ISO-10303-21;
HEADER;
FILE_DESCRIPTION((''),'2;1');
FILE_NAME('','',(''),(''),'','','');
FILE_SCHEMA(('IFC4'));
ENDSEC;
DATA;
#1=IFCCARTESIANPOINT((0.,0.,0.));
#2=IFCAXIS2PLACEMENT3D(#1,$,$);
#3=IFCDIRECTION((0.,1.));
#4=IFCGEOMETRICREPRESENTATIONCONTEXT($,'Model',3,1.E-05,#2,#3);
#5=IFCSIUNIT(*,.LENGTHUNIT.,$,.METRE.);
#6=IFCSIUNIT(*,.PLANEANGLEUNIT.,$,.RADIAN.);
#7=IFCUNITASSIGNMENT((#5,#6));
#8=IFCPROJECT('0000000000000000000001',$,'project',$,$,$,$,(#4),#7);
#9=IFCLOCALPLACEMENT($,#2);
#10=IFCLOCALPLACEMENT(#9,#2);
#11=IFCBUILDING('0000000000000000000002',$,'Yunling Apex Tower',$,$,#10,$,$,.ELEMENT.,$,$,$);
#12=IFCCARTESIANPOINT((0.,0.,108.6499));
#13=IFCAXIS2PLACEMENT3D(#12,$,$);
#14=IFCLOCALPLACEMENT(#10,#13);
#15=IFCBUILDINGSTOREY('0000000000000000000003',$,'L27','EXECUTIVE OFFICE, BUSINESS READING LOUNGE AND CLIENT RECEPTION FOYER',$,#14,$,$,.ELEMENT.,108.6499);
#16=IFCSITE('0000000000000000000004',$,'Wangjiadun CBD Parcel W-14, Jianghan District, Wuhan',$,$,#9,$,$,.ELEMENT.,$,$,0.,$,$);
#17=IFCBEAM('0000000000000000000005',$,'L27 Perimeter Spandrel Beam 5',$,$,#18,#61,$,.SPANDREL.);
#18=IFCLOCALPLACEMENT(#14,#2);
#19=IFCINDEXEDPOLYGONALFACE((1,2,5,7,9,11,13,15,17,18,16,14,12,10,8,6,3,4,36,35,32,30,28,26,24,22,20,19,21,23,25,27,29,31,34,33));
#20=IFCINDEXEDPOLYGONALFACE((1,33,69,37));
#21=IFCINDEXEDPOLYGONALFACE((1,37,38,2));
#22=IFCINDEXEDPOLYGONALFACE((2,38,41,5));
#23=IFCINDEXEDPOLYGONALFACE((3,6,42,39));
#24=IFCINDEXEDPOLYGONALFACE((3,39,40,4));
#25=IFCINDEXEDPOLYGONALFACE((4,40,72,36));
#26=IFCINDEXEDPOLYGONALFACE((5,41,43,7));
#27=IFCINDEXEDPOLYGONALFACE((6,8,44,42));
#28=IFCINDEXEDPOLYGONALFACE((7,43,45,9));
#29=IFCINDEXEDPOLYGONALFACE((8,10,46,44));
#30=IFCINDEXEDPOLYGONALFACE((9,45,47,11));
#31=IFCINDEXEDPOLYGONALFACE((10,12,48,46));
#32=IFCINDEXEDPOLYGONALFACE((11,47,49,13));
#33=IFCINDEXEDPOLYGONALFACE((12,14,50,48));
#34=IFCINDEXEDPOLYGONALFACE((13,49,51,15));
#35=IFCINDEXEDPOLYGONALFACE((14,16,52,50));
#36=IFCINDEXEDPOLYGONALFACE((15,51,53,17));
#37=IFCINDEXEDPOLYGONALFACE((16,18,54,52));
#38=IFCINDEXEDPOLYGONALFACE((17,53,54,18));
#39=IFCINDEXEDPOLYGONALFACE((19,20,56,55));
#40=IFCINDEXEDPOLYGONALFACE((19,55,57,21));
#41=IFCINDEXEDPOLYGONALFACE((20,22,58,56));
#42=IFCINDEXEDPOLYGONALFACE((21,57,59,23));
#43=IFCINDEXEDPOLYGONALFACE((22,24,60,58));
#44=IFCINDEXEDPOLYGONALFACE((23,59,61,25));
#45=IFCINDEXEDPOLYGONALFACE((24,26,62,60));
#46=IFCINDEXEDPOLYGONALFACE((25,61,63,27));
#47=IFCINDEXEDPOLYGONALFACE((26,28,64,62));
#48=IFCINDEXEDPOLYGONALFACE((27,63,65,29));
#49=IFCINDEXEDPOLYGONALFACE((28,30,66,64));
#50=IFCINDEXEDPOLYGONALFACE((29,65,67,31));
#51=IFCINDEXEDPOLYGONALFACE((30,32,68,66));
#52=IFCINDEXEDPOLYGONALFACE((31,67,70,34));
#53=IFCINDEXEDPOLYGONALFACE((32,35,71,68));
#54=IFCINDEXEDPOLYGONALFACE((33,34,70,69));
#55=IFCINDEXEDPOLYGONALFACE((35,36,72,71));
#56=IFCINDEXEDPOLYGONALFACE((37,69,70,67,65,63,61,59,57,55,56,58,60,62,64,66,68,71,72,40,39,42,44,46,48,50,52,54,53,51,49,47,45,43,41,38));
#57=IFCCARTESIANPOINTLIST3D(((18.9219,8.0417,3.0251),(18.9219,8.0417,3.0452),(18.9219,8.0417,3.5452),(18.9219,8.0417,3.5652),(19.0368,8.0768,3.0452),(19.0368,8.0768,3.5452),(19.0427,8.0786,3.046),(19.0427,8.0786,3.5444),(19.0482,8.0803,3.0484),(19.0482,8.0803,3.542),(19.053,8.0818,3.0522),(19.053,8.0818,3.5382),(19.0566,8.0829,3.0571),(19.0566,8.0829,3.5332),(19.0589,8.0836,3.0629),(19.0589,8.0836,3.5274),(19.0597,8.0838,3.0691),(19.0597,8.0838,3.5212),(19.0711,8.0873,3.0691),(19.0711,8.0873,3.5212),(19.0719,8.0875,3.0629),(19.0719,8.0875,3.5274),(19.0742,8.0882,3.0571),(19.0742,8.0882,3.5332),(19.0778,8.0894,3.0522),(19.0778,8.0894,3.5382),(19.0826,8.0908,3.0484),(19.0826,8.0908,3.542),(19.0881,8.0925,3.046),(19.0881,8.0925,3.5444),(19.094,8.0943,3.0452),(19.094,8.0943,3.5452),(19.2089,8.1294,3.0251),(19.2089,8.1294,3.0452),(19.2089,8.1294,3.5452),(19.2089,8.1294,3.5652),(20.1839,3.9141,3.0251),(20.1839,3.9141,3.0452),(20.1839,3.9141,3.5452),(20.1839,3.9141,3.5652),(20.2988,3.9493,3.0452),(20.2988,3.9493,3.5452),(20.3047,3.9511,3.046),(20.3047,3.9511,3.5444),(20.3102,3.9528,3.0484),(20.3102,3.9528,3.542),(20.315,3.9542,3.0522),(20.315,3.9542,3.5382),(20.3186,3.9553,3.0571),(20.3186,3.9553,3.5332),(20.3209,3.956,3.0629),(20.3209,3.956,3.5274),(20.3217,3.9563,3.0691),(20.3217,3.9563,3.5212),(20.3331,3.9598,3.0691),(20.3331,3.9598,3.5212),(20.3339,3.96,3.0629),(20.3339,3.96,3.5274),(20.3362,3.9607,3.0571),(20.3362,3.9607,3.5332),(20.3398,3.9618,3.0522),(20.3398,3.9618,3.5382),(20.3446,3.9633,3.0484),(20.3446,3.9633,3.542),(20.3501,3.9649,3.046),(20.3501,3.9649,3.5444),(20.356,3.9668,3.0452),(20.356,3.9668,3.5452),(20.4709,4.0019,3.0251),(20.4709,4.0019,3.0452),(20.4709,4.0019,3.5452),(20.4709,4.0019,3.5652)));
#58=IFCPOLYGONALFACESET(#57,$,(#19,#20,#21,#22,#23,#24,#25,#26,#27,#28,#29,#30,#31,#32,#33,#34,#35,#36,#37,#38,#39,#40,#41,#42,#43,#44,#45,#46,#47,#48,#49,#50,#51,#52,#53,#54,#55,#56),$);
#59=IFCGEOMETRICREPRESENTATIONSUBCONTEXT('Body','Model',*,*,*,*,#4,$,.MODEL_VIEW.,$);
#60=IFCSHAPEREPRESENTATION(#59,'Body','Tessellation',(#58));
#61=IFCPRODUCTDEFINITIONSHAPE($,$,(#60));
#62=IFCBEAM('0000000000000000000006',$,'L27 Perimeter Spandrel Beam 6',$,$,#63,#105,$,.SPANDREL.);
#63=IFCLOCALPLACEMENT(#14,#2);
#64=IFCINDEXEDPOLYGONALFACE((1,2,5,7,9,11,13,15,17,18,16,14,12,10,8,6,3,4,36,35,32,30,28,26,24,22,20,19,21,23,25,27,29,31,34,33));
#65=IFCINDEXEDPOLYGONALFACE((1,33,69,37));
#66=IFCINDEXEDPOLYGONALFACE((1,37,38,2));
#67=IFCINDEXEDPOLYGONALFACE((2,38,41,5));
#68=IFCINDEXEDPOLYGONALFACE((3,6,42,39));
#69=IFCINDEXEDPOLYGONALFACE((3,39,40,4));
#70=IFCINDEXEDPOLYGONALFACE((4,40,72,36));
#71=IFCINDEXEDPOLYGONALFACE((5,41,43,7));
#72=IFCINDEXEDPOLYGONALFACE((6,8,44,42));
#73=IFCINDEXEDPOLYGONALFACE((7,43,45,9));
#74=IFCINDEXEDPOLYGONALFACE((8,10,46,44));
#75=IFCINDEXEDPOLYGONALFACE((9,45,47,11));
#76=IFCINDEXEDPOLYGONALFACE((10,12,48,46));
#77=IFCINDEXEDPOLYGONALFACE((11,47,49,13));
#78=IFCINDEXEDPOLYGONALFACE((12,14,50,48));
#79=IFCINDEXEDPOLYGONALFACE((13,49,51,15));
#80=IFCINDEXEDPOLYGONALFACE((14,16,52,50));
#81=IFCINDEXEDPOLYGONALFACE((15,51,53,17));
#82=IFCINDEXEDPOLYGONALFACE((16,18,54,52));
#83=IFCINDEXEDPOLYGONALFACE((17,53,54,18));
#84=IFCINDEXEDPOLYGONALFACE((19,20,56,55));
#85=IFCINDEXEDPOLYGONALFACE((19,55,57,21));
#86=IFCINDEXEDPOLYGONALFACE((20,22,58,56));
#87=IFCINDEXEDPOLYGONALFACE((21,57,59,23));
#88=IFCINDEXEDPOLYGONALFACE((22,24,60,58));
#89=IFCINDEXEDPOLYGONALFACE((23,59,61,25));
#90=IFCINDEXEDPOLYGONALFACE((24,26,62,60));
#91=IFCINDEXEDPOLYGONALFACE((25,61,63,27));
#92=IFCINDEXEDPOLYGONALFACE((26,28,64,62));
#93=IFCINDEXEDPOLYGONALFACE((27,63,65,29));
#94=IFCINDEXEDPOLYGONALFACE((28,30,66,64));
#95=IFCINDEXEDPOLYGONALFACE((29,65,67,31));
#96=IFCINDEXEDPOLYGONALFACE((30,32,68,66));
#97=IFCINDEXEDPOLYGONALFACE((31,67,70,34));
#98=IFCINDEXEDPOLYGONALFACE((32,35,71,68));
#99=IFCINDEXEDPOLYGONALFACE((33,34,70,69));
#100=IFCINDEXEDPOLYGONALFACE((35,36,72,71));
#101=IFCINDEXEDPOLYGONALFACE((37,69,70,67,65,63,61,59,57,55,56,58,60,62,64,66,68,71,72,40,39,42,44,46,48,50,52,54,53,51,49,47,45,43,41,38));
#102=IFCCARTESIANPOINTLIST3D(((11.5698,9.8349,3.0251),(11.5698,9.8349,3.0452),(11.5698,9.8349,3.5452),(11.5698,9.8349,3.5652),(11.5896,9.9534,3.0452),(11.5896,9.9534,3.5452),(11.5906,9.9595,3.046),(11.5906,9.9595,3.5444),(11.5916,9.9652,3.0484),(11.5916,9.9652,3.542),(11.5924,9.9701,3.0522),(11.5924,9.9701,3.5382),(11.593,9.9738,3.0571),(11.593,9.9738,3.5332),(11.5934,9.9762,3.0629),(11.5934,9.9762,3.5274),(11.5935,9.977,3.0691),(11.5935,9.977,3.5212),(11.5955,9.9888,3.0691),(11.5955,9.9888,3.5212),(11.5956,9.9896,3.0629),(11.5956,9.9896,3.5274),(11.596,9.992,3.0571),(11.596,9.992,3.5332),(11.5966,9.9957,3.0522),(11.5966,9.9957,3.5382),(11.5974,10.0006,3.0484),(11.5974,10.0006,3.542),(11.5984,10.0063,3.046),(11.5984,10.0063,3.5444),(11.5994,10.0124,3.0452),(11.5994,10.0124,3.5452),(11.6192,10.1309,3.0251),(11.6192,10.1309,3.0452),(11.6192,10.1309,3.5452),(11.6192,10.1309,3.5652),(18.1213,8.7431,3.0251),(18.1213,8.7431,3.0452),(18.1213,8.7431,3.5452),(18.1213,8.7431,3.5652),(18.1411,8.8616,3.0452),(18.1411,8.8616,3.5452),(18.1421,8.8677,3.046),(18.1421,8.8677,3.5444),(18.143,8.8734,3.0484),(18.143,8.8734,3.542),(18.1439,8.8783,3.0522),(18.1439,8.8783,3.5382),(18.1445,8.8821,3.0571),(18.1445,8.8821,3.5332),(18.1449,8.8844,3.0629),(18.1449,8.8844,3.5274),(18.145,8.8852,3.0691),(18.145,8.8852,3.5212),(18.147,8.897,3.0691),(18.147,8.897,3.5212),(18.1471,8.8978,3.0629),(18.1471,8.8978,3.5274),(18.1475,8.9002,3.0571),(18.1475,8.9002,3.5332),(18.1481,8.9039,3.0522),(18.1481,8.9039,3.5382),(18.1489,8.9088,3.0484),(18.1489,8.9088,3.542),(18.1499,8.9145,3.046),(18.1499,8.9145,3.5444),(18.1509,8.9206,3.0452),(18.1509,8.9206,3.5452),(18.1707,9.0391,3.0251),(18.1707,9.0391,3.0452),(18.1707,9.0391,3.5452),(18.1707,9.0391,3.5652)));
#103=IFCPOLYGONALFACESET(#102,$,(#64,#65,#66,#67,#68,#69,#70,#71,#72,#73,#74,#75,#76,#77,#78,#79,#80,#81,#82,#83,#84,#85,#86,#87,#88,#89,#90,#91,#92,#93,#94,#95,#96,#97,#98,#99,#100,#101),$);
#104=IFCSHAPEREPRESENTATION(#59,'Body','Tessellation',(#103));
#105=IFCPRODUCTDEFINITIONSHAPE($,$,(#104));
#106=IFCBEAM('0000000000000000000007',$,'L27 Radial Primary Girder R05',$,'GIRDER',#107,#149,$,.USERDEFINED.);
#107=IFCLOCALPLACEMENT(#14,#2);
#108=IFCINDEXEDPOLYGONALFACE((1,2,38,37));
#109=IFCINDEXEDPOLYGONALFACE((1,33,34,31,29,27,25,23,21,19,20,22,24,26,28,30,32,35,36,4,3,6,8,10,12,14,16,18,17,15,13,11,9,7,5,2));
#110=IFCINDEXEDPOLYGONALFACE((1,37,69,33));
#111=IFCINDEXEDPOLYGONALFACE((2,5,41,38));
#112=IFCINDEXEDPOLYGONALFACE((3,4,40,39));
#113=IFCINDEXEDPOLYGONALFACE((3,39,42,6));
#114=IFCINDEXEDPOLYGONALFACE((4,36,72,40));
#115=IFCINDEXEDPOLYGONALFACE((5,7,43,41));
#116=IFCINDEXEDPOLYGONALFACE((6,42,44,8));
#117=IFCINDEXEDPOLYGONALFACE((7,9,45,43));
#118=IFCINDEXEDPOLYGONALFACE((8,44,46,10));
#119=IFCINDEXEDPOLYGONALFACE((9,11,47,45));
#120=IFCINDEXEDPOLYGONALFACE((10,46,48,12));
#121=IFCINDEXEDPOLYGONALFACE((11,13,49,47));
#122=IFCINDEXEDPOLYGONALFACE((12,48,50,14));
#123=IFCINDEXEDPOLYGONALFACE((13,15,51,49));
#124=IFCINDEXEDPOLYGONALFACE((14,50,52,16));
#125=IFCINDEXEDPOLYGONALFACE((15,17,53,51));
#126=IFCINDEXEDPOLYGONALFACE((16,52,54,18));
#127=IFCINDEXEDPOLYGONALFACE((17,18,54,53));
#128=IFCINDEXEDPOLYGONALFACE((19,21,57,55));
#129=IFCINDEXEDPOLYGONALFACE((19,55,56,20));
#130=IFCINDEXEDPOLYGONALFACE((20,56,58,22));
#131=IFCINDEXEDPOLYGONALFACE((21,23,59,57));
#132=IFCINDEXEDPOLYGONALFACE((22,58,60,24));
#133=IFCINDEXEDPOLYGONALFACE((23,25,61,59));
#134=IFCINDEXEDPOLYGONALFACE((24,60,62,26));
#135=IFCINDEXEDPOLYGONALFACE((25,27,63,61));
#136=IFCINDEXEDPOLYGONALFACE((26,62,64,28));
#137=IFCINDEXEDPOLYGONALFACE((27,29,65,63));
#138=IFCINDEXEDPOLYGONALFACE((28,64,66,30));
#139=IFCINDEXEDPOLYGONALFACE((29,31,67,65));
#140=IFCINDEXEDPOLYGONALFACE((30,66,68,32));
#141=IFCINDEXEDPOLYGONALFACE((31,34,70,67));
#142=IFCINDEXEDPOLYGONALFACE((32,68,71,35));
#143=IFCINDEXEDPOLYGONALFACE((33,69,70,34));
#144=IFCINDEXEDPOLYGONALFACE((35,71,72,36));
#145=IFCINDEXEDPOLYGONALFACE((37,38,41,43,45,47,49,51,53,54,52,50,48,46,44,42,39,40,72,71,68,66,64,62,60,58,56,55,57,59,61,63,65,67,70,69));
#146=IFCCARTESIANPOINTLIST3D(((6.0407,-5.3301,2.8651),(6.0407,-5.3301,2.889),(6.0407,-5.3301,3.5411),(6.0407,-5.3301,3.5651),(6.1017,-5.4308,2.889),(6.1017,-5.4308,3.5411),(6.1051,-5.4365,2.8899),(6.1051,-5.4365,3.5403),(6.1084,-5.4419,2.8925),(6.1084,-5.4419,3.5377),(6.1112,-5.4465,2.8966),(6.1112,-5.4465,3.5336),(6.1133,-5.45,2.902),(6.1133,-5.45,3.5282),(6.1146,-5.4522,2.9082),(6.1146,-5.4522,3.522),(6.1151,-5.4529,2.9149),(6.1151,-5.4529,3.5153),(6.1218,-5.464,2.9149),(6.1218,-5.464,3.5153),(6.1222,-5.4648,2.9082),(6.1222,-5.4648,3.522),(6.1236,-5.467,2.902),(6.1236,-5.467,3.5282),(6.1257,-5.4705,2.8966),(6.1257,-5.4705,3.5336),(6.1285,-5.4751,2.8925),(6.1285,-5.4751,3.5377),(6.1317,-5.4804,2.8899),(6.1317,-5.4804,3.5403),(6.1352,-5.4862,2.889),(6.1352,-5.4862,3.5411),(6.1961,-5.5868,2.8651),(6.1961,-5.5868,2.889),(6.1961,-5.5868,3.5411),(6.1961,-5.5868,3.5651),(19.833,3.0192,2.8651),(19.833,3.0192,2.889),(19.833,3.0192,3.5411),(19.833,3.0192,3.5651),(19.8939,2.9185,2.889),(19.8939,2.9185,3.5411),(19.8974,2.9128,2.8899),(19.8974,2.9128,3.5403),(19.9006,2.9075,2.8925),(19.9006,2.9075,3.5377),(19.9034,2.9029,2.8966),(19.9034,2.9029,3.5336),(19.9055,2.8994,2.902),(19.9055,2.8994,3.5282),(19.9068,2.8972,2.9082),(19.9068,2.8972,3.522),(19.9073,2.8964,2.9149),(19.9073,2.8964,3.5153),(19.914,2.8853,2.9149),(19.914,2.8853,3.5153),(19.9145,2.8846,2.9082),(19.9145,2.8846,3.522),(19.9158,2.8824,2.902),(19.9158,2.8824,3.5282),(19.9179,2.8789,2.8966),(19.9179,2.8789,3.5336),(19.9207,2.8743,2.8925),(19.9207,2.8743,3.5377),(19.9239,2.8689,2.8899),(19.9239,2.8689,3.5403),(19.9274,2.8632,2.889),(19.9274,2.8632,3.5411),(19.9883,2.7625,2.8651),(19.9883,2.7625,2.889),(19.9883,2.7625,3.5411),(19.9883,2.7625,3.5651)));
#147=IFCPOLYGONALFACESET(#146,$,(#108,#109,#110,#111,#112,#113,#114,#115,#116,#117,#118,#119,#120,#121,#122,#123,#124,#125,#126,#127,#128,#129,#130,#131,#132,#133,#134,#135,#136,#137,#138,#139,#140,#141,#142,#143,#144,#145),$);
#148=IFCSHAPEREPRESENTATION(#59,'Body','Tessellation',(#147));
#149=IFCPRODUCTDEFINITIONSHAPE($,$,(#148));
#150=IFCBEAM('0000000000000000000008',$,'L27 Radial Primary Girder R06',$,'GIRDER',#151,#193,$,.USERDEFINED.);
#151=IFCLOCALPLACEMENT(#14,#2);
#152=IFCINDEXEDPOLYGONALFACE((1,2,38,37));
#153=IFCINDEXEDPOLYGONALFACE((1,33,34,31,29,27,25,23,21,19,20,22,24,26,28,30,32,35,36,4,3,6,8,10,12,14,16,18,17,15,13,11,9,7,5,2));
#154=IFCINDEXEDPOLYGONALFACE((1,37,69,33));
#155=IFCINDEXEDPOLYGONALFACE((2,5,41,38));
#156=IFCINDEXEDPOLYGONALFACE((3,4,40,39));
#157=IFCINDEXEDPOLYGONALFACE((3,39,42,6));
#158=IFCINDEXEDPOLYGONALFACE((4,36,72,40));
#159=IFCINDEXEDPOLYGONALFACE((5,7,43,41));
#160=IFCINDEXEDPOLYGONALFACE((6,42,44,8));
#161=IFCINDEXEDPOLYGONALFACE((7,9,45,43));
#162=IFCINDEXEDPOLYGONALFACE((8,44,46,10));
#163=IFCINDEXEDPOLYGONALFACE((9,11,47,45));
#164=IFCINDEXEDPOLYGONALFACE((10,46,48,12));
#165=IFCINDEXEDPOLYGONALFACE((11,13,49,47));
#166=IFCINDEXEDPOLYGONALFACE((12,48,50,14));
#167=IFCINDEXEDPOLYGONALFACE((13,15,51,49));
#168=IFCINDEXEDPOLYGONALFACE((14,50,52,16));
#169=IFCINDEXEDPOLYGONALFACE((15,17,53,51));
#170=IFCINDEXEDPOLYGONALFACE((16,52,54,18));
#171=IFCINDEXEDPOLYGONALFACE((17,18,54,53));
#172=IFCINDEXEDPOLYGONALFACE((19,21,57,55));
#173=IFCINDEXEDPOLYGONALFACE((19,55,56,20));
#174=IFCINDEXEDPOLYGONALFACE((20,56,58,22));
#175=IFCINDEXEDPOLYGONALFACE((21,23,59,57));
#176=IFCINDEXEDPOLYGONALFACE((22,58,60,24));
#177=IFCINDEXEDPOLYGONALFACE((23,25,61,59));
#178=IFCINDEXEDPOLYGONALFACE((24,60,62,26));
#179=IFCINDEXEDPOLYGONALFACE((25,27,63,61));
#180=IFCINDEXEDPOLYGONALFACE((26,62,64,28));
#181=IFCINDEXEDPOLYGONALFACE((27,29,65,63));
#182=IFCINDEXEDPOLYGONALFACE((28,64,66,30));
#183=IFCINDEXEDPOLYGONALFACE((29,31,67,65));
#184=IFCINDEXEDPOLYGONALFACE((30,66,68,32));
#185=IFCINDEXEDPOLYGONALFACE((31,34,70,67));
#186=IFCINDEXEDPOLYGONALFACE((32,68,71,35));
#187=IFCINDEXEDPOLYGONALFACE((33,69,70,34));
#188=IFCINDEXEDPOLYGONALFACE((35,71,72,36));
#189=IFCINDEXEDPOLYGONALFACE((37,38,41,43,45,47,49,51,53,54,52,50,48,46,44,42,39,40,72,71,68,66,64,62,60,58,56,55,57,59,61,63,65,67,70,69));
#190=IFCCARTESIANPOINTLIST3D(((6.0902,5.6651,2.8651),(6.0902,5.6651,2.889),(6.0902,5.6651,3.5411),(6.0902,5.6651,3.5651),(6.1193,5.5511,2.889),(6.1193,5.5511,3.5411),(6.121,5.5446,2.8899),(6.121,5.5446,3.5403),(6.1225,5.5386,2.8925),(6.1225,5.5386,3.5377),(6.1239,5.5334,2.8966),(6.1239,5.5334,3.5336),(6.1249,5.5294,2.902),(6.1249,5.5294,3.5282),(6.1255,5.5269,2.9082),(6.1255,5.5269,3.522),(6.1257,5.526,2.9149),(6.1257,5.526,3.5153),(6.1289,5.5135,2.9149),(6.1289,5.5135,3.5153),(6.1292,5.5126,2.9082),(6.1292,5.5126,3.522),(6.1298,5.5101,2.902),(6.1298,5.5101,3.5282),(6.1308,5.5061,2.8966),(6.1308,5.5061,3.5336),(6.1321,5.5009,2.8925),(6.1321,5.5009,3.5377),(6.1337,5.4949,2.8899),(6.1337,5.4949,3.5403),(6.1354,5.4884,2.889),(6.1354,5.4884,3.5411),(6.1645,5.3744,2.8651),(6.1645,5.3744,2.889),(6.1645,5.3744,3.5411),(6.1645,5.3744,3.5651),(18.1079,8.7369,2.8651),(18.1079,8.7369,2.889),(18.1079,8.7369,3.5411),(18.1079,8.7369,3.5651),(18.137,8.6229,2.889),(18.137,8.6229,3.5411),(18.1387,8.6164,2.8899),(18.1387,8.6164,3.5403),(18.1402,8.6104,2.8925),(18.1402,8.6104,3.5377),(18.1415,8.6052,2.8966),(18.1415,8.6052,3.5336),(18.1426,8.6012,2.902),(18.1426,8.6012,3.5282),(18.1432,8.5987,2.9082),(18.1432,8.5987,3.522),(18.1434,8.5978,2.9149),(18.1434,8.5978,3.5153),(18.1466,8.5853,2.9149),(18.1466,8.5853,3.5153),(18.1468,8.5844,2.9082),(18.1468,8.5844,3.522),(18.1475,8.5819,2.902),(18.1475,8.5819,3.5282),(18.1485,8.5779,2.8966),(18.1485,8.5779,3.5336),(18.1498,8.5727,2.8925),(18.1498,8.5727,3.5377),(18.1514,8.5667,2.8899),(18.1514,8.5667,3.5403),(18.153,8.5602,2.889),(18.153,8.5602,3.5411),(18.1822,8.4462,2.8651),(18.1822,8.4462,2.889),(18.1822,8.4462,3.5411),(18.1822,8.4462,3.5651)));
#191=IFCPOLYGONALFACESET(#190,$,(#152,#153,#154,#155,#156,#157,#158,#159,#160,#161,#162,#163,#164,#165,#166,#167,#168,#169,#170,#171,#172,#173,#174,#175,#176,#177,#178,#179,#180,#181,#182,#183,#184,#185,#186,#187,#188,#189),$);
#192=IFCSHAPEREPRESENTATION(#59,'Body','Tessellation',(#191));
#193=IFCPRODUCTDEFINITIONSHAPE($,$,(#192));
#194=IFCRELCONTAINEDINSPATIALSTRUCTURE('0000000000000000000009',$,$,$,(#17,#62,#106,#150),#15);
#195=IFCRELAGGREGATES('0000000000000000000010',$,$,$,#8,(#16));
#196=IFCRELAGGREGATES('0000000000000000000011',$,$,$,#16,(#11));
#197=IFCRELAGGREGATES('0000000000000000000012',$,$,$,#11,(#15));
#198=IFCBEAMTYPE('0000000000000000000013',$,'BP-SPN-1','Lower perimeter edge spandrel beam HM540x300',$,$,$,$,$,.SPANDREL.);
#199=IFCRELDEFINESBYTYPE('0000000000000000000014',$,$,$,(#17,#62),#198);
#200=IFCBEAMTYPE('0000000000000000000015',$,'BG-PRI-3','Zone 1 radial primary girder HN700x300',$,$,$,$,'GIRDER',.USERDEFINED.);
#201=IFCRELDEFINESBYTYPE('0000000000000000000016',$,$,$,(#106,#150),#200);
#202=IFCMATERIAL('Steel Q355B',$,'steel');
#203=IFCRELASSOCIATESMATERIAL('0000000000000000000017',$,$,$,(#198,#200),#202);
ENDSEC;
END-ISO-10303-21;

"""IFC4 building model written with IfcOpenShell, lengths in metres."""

from ifc_helpers import new_model, si_unit, direction, frame, origin, origin_2d, place, context, subcontext, project, spatial, i_section, extrude, source, transform, mapped, material, material_profile, profile_set, type_object, element, save


model = new_model("IFC4")

# Units and contexts
model_context = context("Model", 3, precision=1e-05, world=origin(), true_north=direction((0.0, 1.0)))
body_context = subcontext(model_context, "Body", "Model", "MODEL_VIEW")
ifc_project = project(units=[si_unit("LENGTHUNIT", "METRE"), si_unit("PLANEANGLEUNIT", "RADIAN")], contexts=[model_context])

# Site, building, storey
site_placement = place(None, origin())
site = spatial("IfcSite", under=ifc_project, at=site_placement, Name="Wangjiadun CBD Parcel W-14, Jianghan District, Wuhan", CompositionType="ELEMENT", RefElevation=0.0)
building_placement = place(site_placement, origin())
building = spatial("IfcBuilding", under=site, at=building_placement, Name="Yunling Apex Tower", CompositionType="ELEMENT")
storey_placement = place(building_placement, frame((0.0, 0.0, 108.6499)))
storey = spatial("IfcBuildingStorey", under=building, at=storey_placement, Name="L27", Description="EXECUTIVE OFFICE, BUSINESS READING LOUNGE AND CLIENT RECEPTION FOYER", CompositionType="ELEMENT", Elevation=108.6499)

# Beams
ifc_material_1 = material(Name="Steel Q355B", Category="steel")
ifc_material_profile_1 = material_profile(ifc_material_1, i_section(OverallWidth=0.3, OverallDepth=0.54, WebThickness=0.012, FlangeThickness=0.02, FilletRadius=0.0239, at=origin_2d()))
ifc_profile_set_1 = profile_set([ifc_material_profile_1], Name="Steel Q355B")
beam_type_1 = type_object("IfcBeamType", Name="BP-SPN-1", Description="Lower perimeter edge spandrel beam HM540x300", PredefinedType="SPANDREL", material=ifc_profile_set_1)
shared_shape_1 = source(origin(), body_context, "Body", "SweptSolid", [
    extrude(i_section(OverallWidth=0.3, OverallDepth=0.54, WebThickness=0.012, FlangeThickness=0.02, FilletRadius=0.0239, at=origin_2d()), origin(), (0.0, 0.0, 1.0), 4.3162),
])
beam_1_placement = place(storey_placement, frame((20.3274, 3.958, 3.2952), z_axis=(-0.292388, 0.9563, 0.0), x_axis=(-0.9563, -0.292388, 0.0)))
element("IfcBeam", 1, at=beam_1_placement, inside=storey, type_object=beam_type_1, Name="L27 Perimeter Spandrel Beam 5", PredefinedType="SPANDREL", context=body_context, shape_type="MappedRepresentation", body=[
    mapped(shared_shape_1, transform((0.0, 0.0, 0.0), scale=1.0)),
])
shared_shape_2 = source(origin(), body_context, "Body", "SweptSolid", [
    extrude(i_section(OverallWidth=0.3, OverallDepth=0.54, WebThickness=0.012, FlangeThickness=0.02, FilletRadius=0.0239, at=origin_2d()), origin(), (0.0, 0.0, 1.0), 6.6418),
])
beam_2_placement = place(storey_placement, frame((18.146, 8.8911, 3.2952), z_axis=(-0.986397, 0.164381, 0.0), x_axis=(-0.164381, -0.986397, 0.0)))
element("IfcBeam", 2, at=beam_2_placement, inside=storey, type_object=beam_type_1, Name="L27 Perimeter Spandrel Beam 6", PredefinedType="SPANDREL", context=body_context, shape_type="MappedRepresentation", body=[
    mapped(shared_shape_2, transform((0.0, 0.0, 0.0), scale=1.0)),
])
ifc_material_profile_2 = material_profile(ifc_material_1, i_section(OverallWidth=0.3, OverallDepth=0.7, WebThickness=0.0129, FlangeThickness=0.0239, FilletRadius=0.0259, at=origin_2d()))
ifc_profile_set_2 = profile_set([ifc_material_profile_2], Name="Steel Q355B")
beam_type_2 = type_object("IfcBeamType", Name="BG-PRI-3", Description="Zone 1 radial primary girder HN700x300", ElementType="GIRDER", PredefinedType="USERDEFINED", material=ifc_profile_set_2)
shared_shape_3 = source(origin(), body_context, "Body", "SweptSolid", [
    extrude(i_section(OverallWidth=0.3, OverallDepth=0.7, WebThickness=0.0129, FlangeThickness=0.0239, FilletRadius=0.0259, at=origin_2d()), origin(), (0.0, 0.0, 1.0), 16.1226),
])
beam_3_placement = place(storey_placement, frame((19.9106, 2.8909, 3.2151), z_axis=(-0.855461, -0.517868, 0.0), x_axis=(0.517868, -0.855461, 0.0)))
element("IfcBeam", 3, at=beam_3_placement, inside=storey, type_object=beam_type_2, Name="L27 Radial Primary Girder R05", ObjectType="GIRDER", PredefinedType="USERDEFINED", context=body_context, shape_type="MappedRepresentation", body=[
    mapped(shared_shape_3, transform((0.0, 0.0, 0.0), scale=1.0)),
])
shared_shape_4 = source(origin(), body_context, "Body", "SweptSolid", [
    extrude(i_section(OverallWidth=0.3, OverallDepth=0.7, WebThickness=0.0129, FlangeThickness=0.0239, FilletRadius=0.0259, at=origin_2d()), origin(), (0.0, 0.0, 1.0), 12.4041),
])
beam_4_placement = place(storey_placement, frame((18.145, 8.5916, 3.2151), z_axis=(-0.968851, -0.247645, 0.0), x_axis=(0.247645, -0.968851, 0.0)))
element("IfcBeam", 4, at=beam_4_placement, inside=storey, type_object=beam_type_2, Name="L27 Radial Primary Girder R06", ObjectType="GIRDER", PredefinedType="USERDEFINED", context=body_context, shape_type="MappedRepresentation", body=[
    mapped(shared_shape_4, transform((0.0, 0.0, 0.0), scale=1.0)),
])

save(model, "model.ifc")
